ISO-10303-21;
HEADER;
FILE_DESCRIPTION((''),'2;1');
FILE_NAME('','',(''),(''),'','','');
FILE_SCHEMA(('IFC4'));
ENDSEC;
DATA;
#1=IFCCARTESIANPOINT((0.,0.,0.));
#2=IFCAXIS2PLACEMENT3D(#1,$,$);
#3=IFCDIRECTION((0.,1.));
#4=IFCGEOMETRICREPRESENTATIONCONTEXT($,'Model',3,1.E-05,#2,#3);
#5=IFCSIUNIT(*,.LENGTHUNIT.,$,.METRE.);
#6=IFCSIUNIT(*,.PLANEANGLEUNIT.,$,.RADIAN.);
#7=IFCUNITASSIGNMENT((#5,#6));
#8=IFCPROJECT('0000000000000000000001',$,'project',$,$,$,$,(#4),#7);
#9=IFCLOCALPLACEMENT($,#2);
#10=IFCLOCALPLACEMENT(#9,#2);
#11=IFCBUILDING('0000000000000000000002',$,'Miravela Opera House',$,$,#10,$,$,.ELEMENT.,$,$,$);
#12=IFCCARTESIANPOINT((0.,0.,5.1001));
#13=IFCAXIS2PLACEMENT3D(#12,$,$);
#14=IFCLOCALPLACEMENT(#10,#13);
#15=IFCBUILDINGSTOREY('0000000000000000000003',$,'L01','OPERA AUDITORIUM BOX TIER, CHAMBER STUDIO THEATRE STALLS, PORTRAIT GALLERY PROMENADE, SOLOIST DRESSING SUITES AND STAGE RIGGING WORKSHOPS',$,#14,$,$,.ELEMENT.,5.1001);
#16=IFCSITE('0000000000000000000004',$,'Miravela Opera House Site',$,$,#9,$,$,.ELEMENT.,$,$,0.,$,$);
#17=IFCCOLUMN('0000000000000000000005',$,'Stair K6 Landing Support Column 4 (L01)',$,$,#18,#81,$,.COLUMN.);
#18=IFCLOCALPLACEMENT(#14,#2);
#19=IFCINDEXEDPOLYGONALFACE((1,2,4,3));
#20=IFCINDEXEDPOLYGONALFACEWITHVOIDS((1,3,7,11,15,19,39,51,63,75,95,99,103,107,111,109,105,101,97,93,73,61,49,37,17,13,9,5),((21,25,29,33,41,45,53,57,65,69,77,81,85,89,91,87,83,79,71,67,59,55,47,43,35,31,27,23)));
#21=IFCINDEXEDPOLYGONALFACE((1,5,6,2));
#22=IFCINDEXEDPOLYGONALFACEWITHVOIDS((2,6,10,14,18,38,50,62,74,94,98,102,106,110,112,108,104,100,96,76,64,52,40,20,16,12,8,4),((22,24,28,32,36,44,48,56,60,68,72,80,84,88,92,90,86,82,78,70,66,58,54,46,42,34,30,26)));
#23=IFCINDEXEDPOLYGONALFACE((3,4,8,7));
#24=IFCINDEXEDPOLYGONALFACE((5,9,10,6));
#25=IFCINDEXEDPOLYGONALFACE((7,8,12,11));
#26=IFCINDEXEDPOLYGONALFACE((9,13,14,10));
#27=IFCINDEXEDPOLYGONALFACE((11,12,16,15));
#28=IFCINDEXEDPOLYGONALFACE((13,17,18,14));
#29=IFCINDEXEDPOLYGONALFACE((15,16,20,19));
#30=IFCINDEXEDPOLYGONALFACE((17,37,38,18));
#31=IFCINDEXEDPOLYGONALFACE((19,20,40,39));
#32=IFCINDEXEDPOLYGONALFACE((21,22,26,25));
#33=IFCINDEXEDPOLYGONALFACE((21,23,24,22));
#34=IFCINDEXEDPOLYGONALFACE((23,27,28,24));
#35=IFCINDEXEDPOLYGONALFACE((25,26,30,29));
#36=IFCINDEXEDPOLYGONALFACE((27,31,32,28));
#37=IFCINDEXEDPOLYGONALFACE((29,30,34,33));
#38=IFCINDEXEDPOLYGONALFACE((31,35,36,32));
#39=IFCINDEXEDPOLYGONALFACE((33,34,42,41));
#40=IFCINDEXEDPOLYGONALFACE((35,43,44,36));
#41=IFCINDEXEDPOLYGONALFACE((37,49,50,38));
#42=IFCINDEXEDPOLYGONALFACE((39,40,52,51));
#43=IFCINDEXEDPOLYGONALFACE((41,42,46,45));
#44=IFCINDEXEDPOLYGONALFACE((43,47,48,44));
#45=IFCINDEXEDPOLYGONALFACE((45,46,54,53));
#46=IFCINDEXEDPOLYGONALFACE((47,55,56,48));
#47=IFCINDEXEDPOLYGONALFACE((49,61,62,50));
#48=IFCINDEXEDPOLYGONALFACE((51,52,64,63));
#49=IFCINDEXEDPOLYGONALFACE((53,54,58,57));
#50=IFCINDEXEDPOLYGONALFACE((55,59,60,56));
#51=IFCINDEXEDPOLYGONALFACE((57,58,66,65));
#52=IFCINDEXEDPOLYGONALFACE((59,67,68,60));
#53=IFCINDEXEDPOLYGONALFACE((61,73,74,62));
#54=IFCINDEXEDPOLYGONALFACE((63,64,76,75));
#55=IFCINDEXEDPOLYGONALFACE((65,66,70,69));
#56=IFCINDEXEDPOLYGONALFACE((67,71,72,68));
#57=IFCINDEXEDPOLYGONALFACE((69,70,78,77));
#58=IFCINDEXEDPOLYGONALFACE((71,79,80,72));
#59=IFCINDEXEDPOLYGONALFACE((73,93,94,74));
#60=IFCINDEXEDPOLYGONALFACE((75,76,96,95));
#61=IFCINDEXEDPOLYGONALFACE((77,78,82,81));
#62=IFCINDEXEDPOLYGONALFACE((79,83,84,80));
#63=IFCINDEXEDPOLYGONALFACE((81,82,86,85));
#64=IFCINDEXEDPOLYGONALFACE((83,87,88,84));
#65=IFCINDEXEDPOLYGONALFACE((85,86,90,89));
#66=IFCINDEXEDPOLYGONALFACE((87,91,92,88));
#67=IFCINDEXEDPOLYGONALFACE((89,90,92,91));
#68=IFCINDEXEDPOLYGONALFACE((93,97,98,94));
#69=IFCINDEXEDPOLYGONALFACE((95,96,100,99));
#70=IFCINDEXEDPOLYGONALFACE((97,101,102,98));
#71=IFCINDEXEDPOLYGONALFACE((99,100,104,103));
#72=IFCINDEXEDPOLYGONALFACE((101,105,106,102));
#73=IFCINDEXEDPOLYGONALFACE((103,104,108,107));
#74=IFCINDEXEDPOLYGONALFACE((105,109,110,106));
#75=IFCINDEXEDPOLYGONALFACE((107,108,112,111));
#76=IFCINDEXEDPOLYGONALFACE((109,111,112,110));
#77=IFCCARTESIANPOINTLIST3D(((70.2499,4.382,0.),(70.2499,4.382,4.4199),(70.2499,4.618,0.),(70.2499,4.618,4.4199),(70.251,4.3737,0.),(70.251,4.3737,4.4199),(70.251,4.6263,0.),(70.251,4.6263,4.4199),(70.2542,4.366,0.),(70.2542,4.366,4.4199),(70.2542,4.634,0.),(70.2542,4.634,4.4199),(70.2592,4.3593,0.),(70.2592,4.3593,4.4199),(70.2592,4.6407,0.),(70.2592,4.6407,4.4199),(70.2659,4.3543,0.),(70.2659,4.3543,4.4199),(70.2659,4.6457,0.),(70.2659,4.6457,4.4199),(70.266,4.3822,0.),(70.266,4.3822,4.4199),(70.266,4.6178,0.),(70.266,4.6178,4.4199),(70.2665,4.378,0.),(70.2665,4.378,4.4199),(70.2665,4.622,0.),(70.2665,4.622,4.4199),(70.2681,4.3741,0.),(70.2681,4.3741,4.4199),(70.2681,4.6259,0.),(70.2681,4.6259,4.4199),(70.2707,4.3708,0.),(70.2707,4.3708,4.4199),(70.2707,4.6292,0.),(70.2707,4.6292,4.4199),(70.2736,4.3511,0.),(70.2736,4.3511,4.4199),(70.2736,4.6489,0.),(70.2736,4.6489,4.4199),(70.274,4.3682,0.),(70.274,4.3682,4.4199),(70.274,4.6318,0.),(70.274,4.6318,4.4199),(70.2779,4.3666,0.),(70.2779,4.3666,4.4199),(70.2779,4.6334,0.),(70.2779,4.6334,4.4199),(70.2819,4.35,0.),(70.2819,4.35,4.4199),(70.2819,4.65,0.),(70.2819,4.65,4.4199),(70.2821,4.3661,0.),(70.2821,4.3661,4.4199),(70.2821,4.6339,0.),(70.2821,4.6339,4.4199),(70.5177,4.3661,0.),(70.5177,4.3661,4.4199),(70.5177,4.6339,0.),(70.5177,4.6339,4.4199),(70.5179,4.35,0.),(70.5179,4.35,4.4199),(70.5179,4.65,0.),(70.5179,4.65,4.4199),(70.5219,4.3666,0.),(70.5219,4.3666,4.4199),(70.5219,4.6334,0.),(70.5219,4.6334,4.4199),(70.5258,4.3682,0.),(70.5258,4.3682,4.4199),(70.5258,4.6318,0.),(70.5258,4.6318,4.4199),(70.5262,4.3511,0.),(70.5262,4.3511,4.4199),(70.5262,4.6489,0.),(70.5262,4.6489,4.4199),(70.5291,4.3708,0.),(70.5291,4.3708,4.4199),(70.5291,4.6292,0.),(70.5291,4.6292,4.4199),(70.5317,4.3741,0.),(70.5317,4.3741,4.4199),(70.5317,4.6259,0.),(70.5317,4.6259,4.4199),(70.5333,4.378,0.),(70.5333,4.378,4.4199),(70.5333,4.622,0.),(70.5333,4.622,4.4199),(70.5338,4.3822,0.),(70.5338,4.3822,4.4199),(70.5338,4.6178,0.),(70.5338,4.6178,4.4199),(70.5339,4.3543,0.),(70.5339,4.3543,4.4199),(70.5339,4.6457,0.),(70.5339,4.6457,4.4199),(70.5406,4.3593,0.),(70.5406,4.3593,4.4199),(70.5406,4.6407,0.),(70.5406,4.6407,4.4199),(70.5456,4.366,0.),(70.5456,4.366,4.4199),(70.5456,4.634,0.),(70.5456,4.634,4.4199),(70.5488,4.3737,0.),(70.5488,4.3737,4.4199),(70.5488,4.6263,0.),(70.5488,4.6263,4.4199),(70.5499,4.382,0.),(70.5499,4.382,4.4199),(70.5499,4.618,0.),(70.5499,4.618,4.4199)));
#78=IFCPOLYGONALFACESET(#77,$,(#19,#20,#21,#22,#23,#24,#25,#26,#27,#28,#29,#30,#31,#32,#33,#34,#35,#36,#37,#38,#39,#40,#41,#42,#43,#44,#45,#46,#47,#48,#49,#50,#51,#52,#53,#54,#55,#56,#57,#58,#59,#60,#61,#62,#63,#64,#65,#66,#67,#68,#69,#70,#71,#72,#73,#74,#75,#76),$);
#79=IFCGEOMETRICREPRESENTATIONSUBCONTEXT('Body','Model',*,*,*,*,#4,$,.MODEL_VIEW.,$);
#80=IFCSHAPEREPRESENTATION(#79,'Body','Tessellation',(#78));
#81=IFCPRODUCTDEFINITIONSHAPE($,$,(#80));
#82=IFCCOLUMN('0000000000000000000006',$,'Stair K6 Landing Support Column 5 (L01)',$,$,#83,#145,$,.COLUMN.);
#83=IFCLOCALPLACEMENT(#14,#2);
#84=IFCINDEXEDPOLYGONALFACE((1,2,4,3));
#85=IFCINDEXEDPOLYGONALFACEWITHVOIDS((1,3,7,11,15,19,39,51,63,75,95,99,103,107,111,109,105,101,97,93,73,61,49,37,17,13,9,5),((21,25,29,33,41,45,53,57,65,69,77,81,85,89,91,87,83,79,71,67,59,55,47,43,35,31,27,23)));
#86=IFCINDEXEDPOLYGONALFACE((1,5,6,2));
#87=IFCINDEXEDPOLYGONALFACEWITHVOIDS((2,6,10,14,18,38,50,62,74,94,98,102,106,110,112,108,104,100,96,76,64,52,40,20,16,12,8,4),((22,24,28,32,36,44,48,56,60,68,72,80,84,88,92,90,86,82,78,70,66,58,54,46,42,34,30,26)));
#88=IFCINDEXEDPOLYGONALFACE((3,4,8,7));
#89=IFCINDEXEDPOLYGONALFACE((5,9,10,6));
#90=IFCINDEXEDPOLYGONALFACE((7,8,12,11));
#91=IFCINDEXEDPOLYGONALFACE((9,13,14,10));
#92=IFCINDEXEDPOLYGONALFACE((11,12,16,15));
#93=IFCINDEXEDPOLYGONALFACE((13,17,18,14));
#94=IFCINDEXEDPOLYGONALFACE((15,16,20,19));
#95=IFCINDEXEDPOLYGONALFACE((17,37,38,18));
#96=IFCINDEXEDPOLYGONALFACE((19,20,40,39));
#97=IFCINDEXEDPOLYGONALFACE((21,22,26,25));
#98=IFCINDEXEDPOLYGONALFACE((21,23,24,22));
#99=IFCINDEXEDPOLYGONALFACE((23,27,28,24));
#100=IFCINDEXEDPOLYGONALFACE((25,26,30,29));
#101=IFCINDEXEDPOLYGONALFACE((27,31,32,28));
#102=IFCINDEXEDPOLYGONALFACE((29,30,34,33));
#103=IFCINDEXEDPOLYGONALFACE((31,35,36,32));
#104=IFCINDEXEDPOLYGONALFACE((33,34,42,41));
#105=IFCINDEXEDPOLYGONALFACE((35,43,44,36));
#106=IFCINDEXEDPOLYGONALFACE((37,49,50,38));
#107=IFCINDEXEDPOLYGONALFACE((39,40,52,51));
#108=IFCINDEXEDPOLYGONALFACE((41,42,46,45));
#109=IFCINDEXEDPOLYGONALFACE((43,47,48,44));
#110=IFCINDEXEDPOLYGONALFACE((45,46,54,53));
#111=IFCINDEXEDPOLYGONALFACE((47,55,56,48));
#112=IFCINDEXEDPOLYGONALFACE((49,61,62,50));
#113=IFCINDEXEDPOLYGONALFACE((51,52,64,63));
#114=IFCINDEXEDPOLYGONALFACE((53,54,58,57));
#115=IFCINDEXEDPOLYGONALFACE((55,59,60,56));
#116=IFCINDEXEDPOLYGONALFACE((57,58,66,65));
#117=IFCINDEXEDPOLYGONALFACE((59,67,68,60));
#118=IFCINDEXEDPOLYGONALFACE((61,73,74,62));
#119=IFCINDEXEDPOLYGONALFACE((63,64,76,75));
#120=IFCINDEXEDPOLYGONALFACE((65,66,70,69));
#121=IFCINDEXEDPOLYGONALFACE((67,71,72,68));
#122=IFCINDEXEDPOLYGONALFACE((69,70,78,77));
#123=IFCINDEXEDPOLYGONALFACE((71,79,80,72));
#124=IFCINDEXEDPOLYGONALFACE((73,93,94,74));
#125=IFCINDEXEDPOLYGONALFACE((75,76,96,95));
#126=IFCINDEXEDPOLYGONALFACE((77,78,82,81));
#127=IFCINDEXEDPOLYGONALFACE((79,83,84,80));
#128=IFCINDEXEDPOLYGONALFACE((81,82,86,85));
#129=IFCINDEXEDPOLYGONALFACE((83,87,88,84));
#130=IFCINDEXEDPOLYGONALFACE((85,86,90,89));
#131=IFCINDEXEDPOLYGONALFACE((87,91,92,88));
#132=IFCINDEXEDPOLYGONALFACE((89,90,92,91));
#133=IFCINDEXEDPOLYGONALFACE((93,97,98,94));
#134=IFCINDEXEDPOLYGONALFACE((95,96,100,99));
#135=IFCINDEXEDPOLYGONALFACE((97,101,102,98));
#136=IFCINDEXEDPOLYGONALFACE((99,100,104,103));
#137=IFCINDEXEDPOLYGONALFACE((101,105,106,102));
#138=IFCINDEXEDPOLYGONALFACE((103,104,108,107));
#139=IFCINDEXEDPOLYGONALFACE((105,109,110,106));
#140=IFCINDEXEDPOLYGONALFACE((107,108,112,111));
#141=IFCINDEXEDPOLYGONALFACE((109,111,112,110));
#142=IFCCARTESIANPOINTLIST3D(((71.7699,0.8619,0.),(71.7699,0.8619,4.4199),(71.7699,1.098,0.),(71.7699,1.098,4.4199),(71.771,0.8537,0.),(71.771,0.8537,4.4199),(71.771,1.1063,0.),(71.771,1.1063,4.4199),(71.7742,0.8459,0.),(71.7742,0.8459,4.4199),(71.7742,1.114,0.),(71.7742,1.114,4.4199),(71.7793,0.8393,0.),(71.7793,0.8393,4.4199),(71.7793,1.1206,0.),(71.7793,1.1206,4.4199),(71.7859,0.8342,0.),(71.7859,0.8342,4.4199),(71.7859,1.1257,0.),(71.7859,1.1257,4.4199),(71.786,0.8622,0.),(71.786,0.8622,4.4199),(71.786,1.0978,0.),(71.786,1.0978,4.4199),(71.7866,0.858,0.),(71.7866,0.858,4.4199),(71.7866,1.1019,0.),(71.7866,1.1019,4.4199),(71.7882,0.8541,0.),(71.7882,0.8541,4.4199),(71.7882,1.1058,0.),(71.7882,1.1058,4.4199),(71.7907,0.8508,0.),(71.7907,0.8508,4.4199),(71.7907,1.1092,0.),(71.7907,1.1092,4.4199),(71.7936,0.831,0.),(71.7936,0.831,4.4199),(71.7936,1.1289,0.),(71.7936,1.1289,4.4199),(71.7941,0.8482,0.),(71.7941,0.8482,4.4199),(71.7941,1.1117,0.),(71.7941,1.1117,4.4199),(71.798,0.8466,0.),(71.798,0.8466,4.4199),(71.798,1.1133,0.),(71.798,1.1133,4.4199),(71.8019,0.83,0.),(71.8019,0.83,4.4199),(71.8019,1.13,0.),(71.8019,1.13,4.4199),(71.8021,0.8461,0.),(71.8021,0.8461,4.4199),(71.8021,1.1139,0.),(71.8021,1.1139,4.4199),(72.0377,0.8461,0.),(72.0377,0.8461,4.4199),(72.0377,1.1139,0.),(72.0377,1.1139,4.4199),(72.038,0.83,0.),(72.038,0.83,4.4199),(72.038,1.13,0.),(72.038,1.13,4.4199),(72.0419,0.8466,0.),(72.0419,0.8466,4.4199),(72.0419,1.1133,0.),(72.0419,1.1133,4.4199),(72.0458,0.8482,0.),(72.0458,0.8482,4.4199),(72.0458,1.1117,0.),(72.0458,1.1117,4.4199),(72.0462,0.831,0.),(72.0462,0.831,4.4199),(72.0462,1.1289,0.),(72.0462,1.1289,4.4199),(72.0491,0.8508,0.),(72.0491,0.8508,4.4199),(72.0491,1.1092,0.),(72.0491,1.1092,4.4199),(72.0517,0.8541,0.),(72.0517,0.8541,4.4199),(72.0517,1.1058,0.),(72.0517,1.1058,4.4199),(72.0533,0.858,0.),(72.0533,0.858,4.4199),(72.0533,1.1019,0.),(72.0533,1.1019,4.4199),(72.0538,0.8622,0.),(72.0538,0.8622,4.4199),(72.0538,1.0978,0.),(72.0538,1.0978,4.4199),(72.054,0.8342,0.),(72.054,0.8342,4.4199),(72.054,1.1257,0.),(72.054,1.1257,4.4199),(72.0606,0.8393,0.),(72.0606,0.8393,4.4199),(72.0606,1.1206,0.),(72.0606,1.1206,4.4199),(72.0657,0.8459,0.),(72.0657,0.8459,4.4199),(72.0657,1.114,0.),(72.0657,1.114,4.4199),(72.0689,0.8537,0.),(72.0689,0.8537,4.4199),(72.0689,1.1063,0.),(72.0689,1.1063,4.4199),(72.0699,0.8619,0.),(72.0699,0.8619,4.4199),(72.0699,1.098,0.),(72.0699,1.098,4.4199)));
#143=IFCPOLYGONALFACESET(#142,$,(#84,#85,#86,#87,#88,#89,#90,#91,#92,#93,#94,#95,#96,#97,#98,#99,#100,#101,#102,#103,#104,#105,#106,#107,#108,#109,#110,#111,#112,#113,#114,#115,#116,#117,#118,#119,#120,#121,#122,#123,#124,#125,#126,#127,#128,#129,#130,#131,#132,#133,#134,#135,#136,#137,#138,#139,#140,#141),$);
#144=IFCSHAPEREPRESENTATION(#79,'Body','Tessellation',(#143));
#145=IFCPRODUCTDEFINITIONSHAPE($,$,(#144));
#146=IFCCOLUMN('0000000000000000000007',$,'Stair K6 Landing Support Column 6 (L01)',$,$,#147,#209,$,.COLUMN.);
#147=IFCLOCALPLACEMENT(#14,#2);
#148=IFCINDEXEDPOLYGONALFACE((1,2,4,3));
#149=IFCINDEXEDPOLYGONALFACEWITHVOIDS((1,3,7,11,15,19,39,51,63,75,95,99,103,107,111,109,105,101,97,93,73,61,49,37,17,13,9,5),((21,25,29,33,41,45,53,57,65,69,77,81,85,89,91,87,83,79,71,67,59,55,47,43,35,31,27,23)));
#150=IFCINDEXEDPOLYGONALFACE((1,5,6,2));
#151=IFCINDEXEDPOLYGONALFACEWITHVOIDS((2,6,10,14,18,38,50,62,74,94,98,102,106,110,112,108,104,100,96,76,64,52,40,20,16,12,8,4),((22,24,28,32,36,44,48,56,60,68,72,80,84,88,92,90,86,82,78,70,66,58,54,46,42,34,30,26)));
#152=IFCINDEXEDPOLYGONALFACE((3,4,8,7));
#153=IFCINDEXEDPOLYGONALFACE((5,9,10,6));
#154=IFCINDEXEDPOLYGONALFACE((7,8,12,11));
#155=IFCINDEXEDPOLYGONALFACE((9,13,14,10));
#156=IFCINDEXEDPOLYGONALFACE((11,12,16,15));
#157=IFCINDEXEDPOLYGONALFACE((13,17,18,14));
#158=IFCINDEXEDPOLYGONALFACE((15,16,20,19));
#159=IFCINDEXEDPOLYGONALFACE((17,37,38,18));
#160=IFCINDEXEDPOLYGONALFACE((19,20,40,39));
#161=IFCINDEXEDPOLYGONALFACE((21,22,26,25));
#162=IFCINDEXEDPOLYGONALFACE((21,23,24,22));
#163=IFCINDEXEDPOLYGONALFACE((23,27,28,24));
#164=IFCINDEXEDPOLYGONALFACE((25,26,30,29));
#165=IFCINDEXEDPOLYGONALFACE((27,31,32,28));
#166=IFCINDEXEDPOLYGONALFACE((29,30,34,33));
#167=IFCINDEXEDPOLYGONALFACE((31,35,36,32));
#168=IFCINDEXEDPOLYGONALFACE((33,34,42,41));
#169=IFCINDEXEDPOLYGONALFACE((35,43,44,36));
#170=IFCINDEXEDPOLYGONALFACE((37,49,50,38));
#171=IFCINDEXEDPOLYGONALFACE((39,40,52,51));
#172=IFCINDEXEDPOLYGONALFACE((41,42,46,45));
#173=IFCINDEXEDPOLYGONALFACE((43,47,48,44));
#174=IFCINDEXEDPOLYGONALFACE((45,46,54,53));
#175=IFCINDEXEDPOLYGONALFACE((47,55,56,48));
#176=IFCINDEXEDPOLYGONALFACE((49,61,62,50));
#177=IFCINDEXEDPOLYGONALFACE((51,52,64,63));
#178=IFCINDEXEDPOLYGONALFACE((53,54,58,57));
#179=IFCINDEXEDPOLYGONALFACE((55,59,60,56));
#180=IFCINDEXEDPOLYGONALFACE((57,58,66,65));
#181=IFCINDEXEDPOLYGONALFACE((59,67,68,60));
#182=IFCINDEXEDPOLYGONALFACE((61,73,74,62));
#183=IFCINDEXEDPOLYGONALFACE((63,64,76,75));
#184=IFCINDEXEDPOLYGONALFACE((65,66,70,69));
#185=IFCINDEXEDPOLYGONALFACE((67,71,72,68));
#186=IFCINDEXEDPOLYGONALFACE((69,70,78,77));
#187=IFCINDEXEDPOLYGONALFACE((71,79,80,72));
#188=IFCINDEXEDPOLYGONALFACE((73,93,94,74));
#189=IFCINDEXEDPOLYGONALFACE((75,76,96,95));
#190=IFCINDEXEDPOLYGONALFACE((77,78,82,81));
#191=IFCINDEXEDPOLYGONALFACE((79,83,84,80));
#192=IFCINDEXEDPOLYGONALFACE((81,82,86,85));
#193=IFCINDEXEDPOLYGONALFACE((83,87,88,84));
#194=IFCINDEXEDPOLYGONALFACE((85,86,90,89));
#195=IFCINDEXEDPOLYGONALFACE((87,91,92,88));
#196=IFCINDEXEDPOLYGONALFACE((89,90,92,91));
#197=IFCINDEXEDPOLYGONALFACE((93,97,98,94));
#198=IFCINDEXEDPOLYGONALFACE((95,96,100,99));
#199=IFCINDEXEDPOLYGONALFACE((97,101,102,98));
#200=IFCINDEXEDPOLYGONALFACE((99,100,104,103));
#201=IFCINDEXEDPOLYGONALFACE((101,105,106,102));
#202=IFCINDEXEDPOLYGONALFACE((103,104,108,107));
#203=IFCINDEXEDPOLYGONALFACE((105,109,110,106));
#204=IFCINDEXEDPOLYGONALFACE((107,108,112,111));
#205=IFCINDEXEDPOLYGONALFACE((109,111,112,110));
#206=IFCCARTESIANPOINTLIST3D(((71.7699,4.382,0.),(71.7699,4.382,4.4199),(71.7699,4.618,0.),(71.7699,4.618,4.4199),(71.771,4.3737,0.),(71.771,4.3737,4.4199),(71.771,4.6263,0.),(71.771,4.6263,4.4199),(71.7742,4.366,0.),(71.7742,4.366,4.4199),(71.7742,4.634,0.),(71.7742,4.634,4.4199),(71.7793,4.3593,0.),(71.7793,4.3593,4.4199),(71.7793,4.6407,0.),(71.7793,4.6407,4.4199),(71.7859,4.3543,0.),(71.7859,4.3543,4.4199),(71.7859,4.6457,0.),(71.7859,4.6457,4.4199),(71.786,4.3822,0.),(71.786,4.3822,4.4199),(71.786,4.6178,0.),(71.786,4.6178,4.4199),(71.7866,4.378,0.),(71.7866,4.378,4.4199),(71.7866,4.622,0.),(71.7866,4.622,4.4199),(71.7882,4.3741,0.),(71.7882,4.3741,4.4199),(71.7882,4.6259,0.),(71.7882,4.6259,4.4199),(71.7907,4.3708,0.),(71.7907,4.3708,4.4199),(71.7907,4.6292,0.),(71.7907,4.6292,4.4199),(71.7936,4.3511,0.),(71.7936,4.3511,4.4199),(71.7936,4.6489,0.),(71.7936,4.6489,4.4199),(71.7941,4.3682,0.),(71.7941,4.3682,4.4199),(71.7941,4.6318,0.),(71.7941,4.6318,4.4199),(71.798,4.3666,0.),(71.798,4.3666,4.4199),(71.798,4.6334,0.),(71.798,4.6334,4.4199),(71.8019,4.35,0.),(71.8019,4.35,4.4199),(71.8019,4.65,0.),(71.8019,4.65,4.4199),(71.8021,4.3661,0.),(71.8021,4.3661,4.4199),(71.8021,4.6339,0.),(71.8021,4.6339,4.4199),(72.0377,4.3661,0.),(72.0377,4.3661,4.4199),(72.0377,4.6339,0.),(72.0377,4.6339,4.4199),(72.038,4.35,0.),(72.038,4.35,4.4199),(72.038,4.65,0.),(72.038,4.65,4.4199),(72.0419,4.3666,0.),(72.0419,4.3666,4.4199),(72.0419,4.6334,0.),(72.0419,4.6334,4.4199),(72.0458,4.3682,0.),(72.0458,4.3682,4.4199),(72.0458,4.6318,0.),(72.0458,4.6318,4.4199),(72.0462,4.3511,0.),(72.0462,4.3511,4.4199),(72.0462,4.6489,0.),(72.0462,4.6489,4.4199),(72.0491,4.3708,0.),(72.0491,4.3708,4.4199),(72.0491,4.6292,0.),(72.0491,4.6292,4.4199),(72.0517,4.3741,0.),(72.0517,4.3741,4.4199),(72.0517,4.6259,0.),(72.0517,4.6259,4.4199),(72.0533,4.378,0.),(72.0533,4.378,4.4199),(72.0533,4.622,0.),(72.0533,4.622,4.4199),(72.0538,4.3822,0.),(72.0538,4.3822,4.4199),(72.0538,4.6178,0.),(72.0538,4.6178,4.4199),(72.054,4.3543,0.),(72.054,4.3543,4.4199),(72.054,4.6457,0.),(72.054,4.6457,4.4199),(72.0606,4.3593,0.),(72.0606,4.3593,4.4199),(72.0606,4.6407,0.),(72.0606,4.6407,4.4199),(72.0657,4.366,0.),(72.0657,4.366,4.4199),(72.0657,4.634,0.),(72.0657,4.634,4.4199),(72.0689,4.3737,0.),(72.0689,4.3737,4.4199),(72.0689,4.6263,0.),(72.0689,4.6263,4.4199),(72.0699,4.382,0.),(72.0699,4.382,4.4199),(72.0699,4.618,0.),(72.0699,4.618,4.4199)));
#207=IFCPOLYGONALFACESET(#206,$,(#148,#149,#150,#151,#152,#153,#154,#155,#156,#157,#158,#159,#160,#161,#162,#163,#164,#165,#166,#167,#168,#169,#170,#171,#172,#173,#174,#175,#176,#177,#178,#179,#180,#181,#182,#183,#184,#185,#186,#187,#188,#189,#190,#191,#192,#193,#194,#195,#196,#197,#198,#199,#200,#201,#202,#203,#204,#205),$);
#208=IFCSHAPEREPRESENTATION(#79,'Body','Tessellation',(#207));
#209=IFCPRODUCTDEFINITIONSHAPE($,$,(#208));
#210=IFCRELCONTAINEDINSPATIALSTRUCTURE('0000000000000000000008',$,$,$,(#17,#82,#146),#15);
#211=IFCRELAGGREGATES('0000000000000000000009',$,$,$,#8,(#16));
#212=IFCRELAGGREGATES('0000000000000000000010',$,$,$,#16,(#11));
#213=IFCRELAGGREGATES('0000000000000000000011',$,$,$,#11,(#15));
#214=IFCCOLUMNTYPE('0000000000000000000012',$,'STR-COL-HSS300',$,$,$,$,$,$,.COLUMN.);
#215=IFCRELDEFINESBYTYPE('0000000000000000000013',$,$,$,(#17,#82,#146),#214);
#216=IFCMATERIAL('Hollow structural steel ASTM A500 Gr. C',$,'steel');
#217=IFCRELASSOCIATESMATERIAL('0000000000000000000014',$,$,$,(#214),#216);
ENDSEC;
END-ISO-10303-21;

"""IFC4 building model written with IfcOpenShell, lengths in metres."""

from ifc_helpers import new_model, si_unit, direction, frame, origin, origin_2d, place, context, subcontext, project, spatial, hollow_rectangle, extrude, material, material_profile, profile_set, type_object, element, save


model = new_model("IFC4")

# Units and contexts
model_context = context("Model", 3, precision=1e-05, world=origin(), true_north=direction((0.0, 1.0)))
body_context = subcontext(model_context, "Body", "Model", "MODEL_VIEW")
ifc_project = project(units=[si_unit("LENGTHUNIT", "METRE"), si_unit("PLANEANGLEUNIT", "RADIAN")], contexts=[model_context])

# Site, building, storey
site_placement = place(None, origin())
site = spatial("IfcSite", under=ifc_project, at=site_placement, Name="Miravela Opera House Site", CompositionType="ELEMENT", RefElevation=0.0)
building_placement = place(site_placement, origin())
building = spatial("IfcBuilding", under=site, at=building_placement, Name="Miravela Opera House", CompositionType="ELEMENT")
storey_placement = place(building_placement, frame((0.0, 0.0, 5.1001)))
storey = spatial("IfcBuildingStorey", under=building, at=storey_placement, Name="L01", Description="OPERA AUDITORIUM BOX TIER, CHAMBER STUDIO THEATRE STALLS, PORTRAIT GALLERY PROMENADE, SOLOIST DRESSING SUITES AND STAGE RIGGING WORKSHOPS", CompositionType="ELEMENT", Elevation=5.1001)

# Columns
ifc_material_1 = material(Name="Hollow structural steel ASTM A500 Gr. C", Category="steel")
ifc_material_profile_1 = material_profile(ifc_material_1, hollow_rectangle(XDim=0.3, YDim=0.3, WallThickness=0.0161, InnerFilletRadius=0.0161, OuterFilletRadius=0.032, at=origin_2d()), Name="HSS300X300X16")
ifc_profile_set_1 = profile_set([ifc_material_profile_1])
column_type_1 = type_object("IfcColumnType", Name="STR-COL-HSS300", PredefinedType="COLUMN", material=ifc_profile_set_1)
for number, where, z_axis, x_axis, name in (
    (1, (70.3999, 4.5, 0.0), (0.0, 0.0, 1.0), (1.0, 0.0, 0.0), "Stair K6 Landing Support Column 4 (L01)"),
    (2, (71.9199, 0.98, 0.0), (0.0, 0.0, 1.0), (1.0, 0.0, 0.0), "Stair K6 Landing Support Column 5 (L01)"),
    (3, (71.9199, 4.5, 0.0), (0.0, 0.0, 1.0), (1.0, 0.0, 0.0), "Stair K6 Landing Support Column 6 (L01)"),
):
    element("IfcColumn", number, at=place(storey_placement, frame(where, z_axis=z_axis, x_axis=x_axis)), inside=storey, type_object=column_type_1, Name=name, PredefinedType="COLUMN", context=body_context, shape_type="SweptSolid", body=[
        extrude(hollow_rectangle(XDim=0.3, YDim=0.3, WallThickness=0.0161, InnerFilletRadius=0.0161, OuterFilletRadius=0.032, at=origin_2d()), origin(), (0.0, 0.0, 1.0), 4.4199),
    ])

save(model, "model.ifc")
